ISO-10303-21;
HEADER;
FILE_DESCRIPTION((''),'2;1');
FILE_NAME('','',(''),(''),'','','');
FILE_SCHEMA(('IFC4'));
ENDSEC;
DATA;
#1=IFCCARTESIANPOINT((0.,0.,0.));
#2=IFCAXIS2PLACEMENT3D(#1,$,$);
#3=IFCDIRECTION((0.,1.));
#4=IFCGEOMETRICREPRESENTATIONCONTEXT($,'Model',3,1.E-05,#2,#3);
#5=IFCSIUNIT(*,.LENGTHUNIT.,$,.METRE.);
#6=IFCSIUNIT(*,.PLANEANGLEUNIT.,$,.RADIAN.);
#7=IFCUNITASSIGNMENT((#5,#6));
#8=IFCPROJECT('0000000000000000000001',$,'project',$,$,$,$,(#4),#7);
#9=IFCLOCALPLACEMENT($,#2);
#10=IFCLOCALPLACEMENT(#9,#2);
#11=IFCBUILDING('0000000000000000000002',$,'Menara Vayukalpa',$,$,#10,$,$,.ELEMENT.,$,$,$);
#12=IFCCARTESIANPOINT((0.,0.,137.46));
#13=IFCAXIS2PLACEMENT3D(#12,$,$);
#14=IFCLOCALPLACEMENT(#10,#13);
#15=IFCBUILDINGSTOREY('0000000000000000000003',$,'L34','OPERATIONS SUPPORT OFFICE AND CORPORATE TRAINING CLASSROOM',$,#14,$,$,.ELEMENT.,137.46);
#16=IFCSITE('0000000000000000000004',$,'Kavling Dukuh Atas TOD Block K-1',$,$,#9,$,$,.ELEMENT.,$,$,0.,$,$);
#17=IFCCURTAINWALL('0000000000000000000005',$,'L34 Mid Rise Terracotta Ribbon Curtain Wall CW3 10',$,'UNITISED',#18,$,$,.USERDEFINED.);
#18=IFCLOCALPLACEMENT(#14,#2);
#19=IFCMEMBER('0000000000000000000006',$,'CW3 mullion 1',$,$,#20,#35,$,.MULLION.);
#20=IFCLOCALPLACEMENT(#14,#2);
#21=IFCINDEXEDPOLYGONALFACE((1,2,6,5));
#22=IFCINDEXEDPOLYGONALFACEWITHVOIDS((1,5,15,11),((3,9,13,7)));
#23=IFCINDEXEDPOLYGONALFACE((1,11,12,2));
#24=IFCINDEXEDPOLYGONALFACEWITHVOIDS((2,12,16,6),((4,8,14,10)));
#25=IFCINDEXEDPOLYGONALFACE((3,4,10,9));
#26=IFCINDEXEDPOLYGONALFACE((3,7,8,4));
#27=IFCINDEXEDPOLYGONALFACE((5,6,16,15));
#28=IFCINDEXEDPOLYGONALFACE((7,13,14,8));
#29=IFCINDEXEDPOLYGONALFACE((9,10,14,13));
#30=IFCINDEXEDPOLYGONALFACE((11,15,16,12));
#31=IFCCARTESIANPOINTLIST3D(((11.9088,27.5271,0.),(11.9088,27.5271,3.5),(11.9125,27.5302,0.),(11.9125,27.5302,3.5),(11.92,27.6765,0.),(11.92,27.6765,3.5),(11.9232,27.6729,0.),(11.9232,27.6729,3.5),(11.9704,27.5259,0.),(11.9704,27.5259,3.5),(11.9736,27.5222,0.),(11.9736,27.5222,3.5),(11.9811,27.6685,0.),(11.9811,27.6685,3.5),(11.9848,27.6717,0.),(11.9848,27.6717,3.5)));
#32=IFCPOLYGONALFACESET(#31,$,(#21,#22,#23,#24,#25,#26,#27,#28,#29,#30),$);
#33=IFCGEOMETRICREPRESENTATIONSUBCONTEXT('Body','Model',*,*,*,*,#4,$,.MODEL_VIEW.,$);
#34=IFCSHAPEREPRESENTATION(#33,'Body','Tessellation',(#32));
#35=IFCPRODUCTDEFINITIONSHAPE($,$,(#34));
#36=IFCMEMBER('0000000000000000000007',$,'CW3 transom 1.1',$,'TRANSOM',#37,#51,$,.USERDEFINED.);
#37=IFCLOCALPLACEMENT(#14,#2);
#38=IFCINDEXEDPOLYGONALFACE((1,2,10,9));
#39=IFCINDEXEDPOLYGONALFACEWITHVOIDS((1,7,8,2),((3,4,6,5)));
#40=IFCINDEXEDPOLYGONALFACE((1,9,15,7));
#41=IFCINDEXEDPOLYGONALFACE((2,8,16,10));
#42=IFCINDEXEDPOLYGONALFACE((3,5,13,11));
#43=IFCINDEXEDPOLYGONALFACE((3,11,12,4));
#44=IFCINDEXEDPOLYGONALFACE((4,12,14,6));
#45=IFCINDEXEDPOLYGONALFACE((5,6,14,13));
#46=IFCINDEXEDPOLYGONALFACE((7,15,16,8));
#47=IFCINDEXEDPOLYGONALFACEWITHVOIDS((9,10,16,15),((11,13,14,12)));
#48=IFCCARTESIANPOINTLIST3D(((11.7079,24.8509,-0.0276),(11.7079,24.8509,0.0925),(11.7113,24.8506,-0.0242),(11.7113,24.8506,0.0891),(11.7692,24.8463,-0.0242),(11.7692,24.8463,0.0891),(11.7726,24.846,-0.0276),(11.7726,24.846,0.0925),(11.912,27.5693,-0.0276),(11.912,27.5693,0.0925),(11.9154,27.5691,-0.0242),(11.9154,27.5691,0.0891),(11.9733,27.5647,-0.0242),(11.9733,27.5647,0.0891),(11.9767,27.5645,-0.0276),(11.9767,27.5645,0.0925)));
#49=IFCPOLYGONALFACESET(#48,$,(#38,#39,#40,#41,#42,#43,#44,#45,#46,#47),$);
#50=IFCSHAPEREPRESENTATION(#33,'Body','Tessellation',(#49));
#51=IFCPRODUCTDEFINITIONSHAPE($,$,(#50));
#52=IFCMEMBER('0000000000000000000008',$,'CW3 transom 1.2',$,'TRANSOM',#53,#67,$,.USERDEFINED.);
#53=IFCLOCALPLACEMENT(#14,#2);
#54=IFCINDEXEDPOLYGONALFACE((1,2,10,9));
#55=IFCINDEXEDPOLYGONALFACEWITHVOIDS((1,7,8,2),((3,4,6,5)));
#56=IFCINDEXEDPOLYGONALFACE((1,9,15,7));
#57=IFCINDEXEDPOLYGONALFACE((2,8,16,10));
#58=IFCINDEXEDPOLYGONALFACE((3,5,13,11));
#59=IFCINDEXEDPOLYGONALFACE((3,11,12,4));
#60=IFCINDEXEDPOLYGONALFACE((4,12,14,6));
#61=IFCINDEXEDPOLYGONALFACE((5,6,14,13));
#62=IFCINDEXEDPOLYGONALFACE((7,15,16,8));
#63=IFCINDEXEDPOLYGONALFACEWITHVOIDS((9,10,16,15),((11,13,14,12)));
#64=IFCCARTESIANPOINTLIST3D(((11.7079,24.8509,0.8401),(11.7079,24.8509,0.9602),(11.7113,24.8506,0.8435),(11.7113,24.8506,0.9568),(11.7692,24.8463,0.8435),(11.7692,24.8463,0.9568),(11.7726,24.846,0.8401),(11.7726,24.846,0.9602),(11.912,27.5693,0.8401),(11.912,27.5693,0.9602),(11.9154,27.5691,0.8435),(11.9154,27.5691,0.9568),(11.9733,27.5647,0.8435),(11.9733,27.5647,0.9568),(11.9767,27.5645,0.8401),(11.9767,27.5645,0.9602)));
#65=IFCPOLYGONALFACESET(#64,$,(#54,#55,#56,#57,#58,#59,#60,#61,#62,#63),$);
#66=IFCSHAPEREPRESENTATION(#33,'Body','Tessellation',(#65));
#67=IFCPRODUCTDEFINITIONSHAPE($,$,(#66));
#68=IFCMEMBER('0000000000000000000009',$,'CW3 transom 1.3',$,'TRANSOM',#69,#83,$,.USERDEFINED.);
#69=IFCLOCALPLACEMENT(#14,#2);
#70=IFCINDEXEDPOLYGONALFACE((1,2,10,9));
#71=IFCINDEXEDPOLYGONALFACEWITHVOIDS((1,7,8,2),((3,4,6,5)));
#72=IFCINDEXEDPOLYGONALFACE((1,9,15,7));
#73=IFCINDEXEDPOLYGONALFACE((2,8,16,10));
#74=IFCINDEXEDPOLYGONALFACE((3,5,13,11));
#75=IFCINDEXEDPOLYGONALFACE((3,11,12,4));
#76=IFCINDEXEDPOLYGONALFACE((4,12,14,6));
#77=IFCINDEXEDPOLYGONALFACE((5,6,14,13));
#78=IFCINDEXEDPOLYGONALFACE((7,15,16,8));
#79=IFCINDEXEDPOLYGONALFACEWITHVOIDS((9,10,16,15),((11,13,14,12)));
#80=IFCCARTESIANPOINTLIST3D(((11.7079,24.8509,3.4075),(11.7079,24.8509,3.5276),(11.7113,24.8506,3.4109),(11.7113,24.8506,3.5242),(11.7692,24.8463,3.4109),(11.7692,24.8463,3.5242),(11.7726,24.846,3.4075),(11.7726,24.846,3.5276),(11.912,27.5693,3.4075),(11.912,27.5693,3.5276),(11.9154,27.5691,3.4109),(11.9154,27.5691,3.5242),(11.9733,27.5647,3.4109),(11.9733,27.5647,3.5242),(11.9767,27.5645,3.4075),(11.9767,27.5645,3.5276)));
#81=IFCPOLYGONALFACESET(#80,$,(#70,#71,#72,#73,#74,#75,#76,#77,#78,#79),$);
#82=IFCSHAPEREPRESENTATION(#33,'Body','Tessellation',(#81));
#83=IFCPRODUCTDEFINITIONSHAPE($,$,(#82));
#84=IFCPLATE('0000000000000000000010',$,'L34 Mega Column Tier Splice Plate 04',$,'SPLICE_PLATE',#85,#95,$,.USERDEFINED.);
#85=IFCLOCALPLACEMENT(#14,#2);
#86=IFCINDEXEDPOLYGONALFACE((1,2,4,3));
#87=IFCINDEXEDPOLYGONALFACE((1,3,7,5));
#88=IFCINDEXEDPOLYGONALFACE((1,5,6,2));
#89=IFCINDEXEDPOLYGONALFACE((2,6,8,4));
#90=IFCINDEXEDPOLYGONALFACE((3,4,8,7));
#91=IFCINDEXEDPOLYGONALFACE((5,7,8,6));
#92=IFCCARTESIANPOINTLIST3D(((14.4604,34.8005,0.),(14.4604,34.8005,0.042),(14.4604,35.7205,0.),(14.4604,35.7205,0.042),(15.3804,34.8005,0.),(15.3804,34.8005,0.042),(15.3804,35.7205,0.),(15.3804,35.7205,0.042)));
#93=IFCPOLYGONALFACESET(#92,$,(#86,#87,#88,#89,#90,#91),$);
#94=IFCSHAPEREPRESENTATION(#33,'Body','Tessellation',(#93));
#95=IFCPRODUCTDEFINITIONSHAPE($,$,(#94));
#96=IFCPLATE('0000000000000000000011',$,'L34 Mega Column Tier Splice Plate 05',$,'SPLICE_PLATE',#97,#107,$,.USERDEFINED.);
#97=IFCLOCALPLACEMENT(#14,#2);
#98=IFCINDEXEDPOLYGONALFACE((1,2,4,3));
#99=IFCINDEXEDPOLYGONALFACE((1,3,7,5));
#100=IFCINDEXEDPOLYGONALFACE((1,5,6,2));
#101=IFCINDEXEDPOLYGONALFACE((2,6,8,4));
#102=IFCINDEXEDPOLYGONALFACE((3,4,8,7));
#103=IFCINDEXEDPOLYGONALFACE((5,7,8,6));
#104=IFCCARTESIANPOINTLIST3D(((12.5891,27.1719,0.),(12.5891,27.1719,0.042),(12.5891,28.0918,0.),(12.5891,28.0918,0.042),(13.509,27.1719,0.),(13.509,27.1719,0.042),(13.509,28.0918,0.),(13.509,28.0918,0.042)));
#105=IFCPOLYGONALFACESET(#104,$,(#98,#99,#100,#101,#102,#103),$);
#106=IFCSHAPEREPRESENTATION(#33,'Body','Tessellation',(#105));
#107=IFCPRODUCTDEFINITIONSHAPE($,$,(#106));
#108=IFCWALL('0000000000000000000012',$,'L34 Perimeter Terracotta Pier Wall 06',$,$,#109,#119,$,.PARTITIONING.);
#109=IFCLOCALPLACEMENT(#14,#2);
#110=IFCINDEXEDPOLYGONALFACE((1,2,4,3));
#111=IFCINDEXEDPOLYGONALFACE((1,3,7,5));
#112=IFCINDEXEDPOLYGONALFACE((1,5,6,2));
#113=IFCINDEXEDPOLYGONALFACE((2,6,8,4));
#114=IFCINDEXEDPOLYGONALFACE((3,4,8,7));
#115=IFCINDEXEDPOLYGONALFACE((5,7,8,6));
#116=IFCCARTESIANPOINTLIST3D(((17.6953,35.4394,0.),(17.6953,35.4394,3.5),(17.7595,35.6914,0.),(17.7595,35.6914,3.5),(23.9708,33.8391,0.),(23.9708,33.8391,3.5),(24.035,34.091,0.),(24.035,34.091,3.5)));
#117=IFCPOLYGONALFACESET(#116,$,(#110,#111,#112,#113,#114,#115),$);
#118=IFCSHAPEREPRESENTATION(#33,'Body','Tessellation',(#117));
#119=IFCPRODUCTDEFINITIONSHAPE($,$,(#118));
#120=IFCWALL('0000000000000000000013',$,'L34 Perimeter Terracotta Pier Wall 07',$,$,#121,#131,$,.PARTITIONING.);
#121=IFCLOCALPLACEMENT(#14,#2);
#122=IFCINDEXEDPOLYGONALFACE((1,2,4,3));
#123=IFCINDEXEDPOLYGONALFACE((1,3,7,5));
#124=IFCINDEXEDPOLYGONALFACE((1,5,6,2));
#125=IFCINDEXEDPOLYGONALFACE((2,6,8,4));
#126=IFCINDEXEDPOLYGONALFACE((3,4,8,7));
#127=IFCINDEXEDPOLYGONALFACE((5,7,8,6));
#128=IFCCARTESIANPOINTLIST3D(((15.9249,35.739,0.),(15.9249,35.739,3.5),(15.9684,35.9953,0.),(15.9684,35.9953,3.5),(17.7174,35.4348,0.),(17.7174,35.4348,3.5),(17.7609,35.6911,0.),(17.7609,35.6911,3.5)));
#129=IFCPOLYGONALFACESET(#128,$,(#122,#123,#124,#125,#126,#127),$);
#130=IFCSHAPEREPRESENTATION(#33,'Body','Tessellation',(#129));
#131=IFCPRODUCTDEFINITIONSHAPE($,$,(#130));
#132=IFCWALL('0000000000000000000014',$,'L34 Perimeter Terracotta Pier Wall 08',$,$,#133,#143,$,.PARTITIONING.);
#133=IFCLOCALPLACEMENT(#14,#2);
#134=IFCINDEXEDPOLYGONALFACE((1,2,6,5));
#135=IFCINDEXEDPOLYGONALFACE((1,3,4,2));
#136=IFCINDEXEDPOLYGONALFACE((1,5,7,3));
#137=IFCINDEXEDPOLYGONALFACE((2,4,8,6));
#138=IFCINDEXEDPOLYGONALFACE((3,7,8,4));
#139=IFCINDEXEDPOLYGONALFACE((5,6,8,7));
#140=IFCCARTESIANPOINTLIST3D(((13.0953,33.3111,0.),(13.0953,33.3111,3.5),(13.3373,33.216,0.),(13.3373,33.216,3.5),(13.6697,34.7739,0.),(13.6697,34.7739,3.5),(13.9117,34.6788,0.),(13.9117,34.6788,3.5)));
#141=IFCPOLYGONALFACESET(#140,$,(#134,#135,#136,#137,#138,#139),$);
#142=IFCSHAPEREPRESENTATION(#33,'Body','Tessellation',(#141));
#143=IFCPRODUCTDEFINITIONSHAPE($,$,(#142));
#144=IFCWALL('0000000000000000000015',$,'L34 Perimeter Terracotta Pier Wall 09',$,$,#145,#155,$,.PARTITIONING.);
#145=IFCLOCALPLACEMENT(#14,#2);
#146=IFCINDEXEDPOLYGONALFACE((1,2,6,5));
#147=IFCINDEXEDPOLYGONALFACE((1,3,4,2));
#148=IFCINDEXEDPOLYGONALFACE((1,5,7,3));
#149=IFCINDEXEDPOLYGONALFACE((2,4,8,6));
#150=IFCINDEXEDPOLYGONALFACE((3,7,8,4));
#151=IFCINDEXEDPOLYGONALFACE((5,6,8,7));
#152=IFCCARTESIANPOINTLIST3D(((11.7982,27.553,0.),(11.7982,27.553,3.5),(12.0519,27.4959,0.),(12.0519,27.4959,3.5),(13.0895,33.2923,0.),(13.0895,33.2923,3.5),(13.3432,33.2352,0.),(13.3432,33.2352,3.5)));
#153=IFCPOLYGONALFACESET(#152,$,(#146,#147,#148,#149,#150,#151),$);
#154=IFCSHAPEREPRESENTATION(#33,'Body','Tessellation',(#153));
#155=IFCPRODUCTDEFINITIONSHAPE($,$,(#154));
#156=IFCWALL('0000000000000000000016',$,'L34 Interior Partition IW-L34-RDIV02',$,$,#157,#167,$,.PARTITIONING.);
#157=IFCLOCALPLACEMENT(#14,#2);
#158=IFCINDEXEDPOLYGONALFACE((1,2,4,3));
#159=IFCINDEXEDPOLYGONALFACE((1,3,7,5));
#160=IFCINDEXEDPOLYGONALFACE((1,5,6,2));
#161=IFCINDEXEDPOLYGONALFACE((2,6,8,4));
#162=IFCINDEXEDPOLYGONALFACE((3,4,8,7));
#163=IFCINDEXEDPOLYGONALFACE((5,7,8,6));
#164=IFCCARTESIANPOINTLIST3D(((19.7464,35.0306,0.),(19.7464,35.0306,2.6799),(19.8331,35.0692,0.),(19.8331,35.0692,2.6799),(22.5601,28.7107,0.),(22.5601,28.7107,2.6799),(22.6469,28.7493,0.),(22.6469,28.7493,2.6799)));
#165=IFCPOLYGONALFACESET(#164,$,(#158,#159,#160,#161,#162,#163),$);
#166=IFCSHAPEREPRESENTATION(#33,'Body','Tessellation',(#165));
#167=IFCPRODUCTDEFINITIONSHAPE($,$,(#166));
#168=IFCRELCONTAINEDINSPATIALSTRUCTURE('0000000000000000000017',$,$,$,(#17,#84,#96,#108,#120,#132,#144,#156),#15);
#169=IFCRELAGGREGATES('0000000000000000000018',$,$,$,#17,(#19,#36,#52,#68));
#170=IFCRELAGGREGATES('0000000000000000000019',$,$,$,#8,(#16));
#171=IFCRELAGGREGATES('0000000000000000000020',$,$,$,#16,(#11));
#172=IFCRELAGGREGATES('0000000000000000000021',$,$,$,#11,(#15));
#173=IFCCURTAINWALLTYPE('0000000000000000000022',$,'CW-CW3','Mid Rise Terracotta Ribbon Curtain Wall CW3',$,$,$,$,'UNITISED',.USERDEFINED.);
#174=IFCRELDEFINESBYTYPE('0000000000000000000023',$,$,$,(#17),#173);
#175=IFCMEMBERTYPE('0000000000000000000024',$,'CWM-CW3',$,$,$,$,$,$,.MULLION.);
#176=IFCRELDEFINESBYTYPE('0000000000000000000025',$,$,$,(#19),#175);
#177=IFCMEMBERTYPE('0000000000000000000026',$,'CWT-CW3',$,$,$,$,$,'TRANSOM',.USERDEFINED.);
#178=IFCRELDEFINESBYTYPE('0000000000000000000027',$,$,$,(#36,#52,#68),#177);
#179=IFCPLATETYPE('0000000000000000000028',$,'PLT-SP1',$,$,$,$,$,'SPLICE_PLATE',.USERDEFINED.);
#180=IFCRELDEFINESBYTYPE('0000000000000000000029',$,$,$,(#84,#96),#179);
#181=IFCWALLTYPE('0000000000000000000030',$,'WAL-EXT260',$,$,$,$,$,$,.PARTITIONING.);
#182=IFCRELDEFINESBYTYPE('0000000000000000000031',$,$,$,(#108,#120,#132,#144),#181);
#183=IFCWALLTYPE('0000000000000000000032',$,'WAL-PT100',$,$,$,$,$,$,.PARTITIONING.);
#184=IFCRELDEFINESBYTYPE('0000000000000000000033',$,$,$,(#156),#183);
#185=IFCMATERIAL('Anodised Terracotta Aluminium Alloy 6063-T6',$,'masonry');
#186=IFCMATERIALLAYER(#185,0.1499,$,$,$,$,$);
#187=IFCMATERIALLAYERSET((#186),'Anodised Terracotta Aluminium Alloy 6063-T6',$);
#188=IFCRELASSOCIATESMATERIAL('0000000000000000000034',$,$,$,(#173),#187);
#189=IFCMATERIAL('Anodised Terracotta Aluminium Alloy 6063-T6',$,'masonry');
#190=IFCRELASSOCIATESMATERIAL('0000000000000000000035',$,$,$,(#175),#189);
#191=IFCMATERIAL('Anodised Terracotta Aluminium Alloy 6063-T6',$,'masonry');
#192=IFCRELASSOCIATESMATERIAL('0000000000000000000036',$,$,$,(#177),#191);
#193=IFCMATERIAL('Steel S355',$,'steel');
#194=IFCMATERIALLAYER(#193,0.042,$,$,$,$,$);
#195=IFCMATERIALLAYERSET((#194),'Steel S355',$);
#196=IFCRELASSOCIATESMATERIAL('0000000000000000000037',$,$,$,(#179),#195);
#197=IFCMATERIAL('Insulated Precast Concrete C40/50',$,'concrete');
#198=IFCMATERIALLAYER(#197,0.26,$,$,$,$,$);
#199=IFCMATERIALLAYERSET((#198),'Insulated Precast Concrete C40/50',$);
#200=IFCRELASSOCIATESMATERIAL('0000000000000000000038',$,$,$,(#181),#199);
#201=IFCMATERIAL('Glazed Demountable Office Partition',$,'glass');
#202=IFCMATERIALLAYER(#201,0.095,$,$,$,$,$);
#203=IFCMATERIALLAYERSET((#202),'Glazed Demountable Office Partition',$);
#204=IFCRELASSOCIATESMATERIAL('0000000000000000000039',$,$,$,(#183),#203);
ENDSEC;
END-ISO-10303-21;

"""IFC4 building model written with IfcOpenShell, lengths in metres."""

from ifc_helpers import new_model, si_unit, direction, frame, frame_2d, origin, origin_2d, place, context, subcontext, project, spatial, rectangle, hollow_rectangle, extrude, material, layer, layer_set, material_profile, profile_set, type_object, element, aggregate, save


model = new_model("IFC4")

# Units and contexts
model_context = context("Model", 3, precision=1e-05, world=origin(), true_north=direction((0.0, 1.0)))
body_context = subcontext(model_context, "Body", "Model", "MODEL_VIEW")
ifc_project = project(units=[si_unit("LENGTHUNIT", "METRE"), si_unit("PLANEANGLEUNIT", "RADIAN")], contexts=[model_context])

# Site, building, storey
site_placement = place(None, origin())
site = spatial("IfcSite", under=ifc_project, at=site_placement, Name="Kavling Dukuh Atas TOD Block K-1", CompositionType="ELEMENT", RefElevation=0.0)
building_placement = place(site_placement, origin())
building = spatial("IfcBuilding", under=site, at=building_placement, Name="Menara Vayukalpa", CompositionType="ELEMENT")
storey_placement = place(building_placement, frame((0.0, 0.0, 137.46)))
storey = spatial("IfcBuildingStorey", under=building, at=storey_placement, Name="L34", Description="OPERATIONS SUPPORT OFFICE AND CORPORATE TRAINING CLASSROOM", CompositionType="ELEMENT", Elevation=137.46)

# Curtain wall, members
ifc_material_1 = material(Name="Anodised Terracotta Aluminium Alloy 6063-T6", Category="masonry")
ifc_layer_1 = layer(ifc_material_1, 0.1499)
ifc_layer_set_1 = layer_set([ifc_layer_1], Name="Anodised Terracotta Aluminium Alloy 6063-T6")
curtain_wall_type = type_object("IfcCurtainWallType", Name="CW-CW3", Description="Mid Rise Terracotta Ribbon Curtain Wall CW3", ElementType="UNITISED", PredefinedType="USERDEFINED", material=ifc_layer_set_1)
curtain_wall_placement = place(storey_placement, origin())
curtain_wall = element("IfcCurtainWall", 1, at=curtain_wall_placement, inside=storey, type_object=curtain_wall_type, Name="L34 Mid Rise Terracotta Ribbon Curtain Wall CW3 10", ObjectType="UNITISED", PredefinedType="USERDEFINED")
ifc_material_2 = material(Name="Anodised Terracotta Aluminium Alloy 6063-T6", Category="masonry")
ifc_material_profile_1 = material_profile(ifc_material_2, hollow_rectangle(XDim=0.0649, YDim=0.1499, WallThickness=0.0034, at=origin_2d()), Name="ALU 65x150x3.5")
ifc_profile_set_1 = profile_set([ifc_material_profile_1], Name="Anodised Terracotta Aluminium Alloy 6063-T6")
member_type_1 = type_object("IfcMemberType", Name="CWM-CW3", PredefinedType="MULLION", material=ifc_profile_set_1)
member_1_placement = place(storey_placement, frame((11.9468, 27.5994, 0.0), z_axis=(0.0, 0.0, 1.0), x_axis=(0.997199, -0.074793, 0.0)))
member_1 = element("IfcMember", 2, at=member_1_placement, type_object=member_type_1, Name="CW3 mullion 1", PredefinedType="MULLION", context=body_context, shape_type="SweptSolid", body=[
    extrude(hollow_rectangle(XDim=0.0649, YDim=0.1499, WallThickness=0.0034, at=origin_2d()), origin(), (0.0, 0.0, 1.0), 3.5),
])
ifc_material_3 = material(Name="Anodised Terracotta Aluminium Alloy 6063-T6", Category="masonry")
ifc_material_profile_2 = material_profile(ifc_material_3, hollow_rectangle(XDim=0.0649, YDim=0.1201, WallThickness=0.0034, at=origin_2d()), Name="ALU 65x120x3.5")
ifc_profile_set_2 = profile_set([ifc_material_profile_2], Name="Anodised Terracotta Aluminium Alloy 6063-T6")
member_type_2 = type_object("IfcMemberType", Name="CWT-CW3", ElementType="TRANSOM", PredefinedType="USERDEFINED", material=ifc_profile_set_2)
member_2_placement = place(storey_placement, frame((11.9443, 27.5669, 0.0325), z_axis=(-0.074868, -0.997193, 0.0), x_axis=(0.997193, -0.074868, 0.0)))
member_2 = element("IfcMember", 3, at=member_2_placement, type_object=member_type_2, Name="CW3 transom 1.1", ObjectType="TRANSOM", PredefinedType="USERDEFINED", context=body_context, shape_type="SweptSolid", body=[
    extrude(hollow_rectangle(XDim=0.0649, YDim=0.1201, WallThickness=0.0034, at=origin_2d()), origin(), (0.0, 0.0, 1.0), 2.7261),
])
member_3_placement = place(storey_placement, frame((11.9443, 27.5669, 0.9001), z_axis=(-0.074868, -0.997193, 0.0), x_axis=(0.997193, -0.074868, 0.0)))
member_3 = element("IfcMember", 4, at=member_3_placement, type_object=member_type_2, Name="CW3 transom 1.2", ObjectType="TRANSOM", PredefinedType="USERDEFINED", context=body_context, shape_type="SweptSolid", body=[
    extrude(hollow_rectangle(XDim=0.0649, YDim=0.1201, WallThickness=0.0034, at=origin_2d()), origin(), (0.0, 0.0, 1.0), 2.7261),
])
member_4_placement = place(storey_placement, frame((11.9443, 27.5669, 3.4675), z_axis=(-0.074868, -0.997193, 0.0), x_axis=(0.997193, -0.074868, 0.0)))
member_4 = element("IfcMember", 5, at=member_4_placement, type_object=member_type_2, Name="CW3 transom 1.3", ObjectType="TRANSOM", PredefinedType="USERDEFINED", context=body_context, shape_type="SweptSolid", body=[
    extrude(hollow_rectangle(XDim=0.0649, YDim=0.1201, WallThickness=0.0034, at=origin_2d()), origin(), (0.0, 0.0, 1.0), 2.7261),
])
aggregate(curtain_wall, [member_1, member_2, member_3, member_4])

# Plates
ifc_material_4 = material(Name="Steel S355", Category="steel")
ifc_layer_2 = layer(ifc_material_4, 0.042)
ifc_layer_set_2 = layer_set([ifc_layer_2], Name="Steel S355")
plate_type = type_object("IfcPlateType", Name="PLT-SP1", ElementType="SPLICE_PLATE", PredefinedType="USERDEFINED", material=ifc_layer_set_2)
for number, where, z_axis, x_axis, name in (
    (6, (14.9204, 35.2605, 0.0), (0.0, 0.0, 1.0), (1.0, 0.0, 0.0), "L34 Mega Column Tier Splice Plate 04"),
    (7, (13.0491, 27.6318, 0.0), (0.0, 0.0, 1.0), (1.0, 0.0, 0.0), "L34 Mega Column Tier Splice Plate 05"),
):
    element("IfcPlate", number, at=place(storey_placement, frame(where, z_axis=z_axis, x_axis=x_axis)), inside=storey, type_object=plate_type, Name=name, ObjectType="SPLICE_PLATE", PredefinedType="USERDEFINED", context=body_context, shape_type="SweptSolid", body=[
        extrude(rectangle(XDim=0.9199, YDim=0.9199, at=origin_2d()), origin(), (0.0, 0.0, 1.0), 0.042),
    ])

# Walls
ifc_material_5 = material(Name="Insulated Precast Concrete C40/50", Category="concrete")
ifc_layer_3 = layer(ifc_material_5, 0.26)
ifc_layer_set_3 = layer_set([ifc_layer_3], Name="Insulated Precast Concrete C40/50")
wall_type_1 = type_object("IfcWallType", Name="WAL-EXT260", PredefinedType="PARTITIONING", material=ifc_layer_set_3)
wall_1_placement = place(storey_placement, frame((17.7273, 35.5654, 0.0), z_axis=(0.0, 0.0, 1.0), x_axis=(0.968987, -0.24711, 0.0)))
element("IfcWall", 8, at=wall_1_placement, inside=storey, type_object=wall_type_1, Name="L34 Perimeter Terracotta Pier Wall 06", PredefinedType="PARTITIONING", context=body_context, shape_type="SweptSolid", body=[
    extrude(rectangle(XDim=6.4763, YDim=0.26, at=frame_2d((3.2383, 0.0))), origin(), (0.0, 0.0, 1.0), 3.5),
])
wall_2_placement = place(storey_placement, frame((15.9465, 35.8672, 0.0), z_axis=(0.0, 0.0, 1.0), x_axis=(0.985903, -0.167316, 0.0)))
element("IfcWall", 9, at=wall_2_placement, inside=storey, type_object=wall_type_1, Name="L34 Perimeter Terracotta Pier Wall 07", PredefinedType="PARTITIONING", context=body_context, shape_type="SweptSolid", body=[
    extrude(rectangle(XDim=1.8181, YDim=0.26, at=frame_2d((0.9092, 0.0))), origin(), (0.0, 0.0, 1.0), 3.5),
])
wall_3_placement = place(storey_placement, frame((13.2163, 33.2637, 0.0), z_axis=(0.0, 0.0, 1.0), x_axis=(0.365518, 0.930804, 0.0)))
element("IfcWall", 10, at=wall_3_placement, inside=storey, type_object=wall_type_1, Name="L34 Perimeter Terracotta Pier Wall 08", PredefinedType="PARTITIONING", context=body_context, shape_type="SweptSolid", body=[
    extrude(rectangle(XDim=1.5715, YDim=0.26, at=frame_2d((0.7856, 0.0))), origin(), (0.0, 0.0, 1.0), 3.5),
])
wall_4_placement = place(storey_placement, frame((11.925, 27.5244, 0.0), z_axis=(0.0, 0.0, 1.0), x_axis=(0.2195, 0.975612, 0.0)))
element("IfcWall", 11, at=wall_4_placement, inside=storey, type_object=wall_type_1, Name="L34 Perimeter Terracotta Pier Wall 09", PredefinedType="PARTITIONING", context=body_context, shape_type="SweptSolid", body=[
    extrude(rectangle(XDim=5.8828, YDim=0.26, at=frame_2d((2.9414, 0.0))), origin(), (0.0, 0.0, 1.0), 3.5),
])
ifc_material_6 = material(Name="Glazed Demountable Office Partition", Category="glass")
ifc_layer_4 = layer(ifc_material_6, 0.095)
ifc_layer_set_4 = layer_set([ifc_layer_4], Name="Glazed Demountable Office Partition")
wall_type_2 = type_object("IfcWallType", Name="WAL-PT100", PredefinedType="PARTITIONING", material=ifc_layer_set_4)
wall_5_placement = place(storey_placement, frame((22.6035, 28.73, 0.0), z_axis=(0.0, 0.0, 1.0), x_axis=(-0.406731, 0.913548, 0.0)))
element("IfcWall", 12, at=wall_5_placement, inside=storey, type_object=wall_type_2, Name="L34 Interior Partition IW-L34-RDIV02", PredefinedType="PARTITIONING", context=body_context, shape_type="SweptSolid", body=[
    extrude(rectangle(XDim=6.918, YDim=0.095, at=frame_2d((3.459, 0.0))), origin(), (0.0, 0.0, 1.0), 2.6799),
])

save(model, "model.ifc")
